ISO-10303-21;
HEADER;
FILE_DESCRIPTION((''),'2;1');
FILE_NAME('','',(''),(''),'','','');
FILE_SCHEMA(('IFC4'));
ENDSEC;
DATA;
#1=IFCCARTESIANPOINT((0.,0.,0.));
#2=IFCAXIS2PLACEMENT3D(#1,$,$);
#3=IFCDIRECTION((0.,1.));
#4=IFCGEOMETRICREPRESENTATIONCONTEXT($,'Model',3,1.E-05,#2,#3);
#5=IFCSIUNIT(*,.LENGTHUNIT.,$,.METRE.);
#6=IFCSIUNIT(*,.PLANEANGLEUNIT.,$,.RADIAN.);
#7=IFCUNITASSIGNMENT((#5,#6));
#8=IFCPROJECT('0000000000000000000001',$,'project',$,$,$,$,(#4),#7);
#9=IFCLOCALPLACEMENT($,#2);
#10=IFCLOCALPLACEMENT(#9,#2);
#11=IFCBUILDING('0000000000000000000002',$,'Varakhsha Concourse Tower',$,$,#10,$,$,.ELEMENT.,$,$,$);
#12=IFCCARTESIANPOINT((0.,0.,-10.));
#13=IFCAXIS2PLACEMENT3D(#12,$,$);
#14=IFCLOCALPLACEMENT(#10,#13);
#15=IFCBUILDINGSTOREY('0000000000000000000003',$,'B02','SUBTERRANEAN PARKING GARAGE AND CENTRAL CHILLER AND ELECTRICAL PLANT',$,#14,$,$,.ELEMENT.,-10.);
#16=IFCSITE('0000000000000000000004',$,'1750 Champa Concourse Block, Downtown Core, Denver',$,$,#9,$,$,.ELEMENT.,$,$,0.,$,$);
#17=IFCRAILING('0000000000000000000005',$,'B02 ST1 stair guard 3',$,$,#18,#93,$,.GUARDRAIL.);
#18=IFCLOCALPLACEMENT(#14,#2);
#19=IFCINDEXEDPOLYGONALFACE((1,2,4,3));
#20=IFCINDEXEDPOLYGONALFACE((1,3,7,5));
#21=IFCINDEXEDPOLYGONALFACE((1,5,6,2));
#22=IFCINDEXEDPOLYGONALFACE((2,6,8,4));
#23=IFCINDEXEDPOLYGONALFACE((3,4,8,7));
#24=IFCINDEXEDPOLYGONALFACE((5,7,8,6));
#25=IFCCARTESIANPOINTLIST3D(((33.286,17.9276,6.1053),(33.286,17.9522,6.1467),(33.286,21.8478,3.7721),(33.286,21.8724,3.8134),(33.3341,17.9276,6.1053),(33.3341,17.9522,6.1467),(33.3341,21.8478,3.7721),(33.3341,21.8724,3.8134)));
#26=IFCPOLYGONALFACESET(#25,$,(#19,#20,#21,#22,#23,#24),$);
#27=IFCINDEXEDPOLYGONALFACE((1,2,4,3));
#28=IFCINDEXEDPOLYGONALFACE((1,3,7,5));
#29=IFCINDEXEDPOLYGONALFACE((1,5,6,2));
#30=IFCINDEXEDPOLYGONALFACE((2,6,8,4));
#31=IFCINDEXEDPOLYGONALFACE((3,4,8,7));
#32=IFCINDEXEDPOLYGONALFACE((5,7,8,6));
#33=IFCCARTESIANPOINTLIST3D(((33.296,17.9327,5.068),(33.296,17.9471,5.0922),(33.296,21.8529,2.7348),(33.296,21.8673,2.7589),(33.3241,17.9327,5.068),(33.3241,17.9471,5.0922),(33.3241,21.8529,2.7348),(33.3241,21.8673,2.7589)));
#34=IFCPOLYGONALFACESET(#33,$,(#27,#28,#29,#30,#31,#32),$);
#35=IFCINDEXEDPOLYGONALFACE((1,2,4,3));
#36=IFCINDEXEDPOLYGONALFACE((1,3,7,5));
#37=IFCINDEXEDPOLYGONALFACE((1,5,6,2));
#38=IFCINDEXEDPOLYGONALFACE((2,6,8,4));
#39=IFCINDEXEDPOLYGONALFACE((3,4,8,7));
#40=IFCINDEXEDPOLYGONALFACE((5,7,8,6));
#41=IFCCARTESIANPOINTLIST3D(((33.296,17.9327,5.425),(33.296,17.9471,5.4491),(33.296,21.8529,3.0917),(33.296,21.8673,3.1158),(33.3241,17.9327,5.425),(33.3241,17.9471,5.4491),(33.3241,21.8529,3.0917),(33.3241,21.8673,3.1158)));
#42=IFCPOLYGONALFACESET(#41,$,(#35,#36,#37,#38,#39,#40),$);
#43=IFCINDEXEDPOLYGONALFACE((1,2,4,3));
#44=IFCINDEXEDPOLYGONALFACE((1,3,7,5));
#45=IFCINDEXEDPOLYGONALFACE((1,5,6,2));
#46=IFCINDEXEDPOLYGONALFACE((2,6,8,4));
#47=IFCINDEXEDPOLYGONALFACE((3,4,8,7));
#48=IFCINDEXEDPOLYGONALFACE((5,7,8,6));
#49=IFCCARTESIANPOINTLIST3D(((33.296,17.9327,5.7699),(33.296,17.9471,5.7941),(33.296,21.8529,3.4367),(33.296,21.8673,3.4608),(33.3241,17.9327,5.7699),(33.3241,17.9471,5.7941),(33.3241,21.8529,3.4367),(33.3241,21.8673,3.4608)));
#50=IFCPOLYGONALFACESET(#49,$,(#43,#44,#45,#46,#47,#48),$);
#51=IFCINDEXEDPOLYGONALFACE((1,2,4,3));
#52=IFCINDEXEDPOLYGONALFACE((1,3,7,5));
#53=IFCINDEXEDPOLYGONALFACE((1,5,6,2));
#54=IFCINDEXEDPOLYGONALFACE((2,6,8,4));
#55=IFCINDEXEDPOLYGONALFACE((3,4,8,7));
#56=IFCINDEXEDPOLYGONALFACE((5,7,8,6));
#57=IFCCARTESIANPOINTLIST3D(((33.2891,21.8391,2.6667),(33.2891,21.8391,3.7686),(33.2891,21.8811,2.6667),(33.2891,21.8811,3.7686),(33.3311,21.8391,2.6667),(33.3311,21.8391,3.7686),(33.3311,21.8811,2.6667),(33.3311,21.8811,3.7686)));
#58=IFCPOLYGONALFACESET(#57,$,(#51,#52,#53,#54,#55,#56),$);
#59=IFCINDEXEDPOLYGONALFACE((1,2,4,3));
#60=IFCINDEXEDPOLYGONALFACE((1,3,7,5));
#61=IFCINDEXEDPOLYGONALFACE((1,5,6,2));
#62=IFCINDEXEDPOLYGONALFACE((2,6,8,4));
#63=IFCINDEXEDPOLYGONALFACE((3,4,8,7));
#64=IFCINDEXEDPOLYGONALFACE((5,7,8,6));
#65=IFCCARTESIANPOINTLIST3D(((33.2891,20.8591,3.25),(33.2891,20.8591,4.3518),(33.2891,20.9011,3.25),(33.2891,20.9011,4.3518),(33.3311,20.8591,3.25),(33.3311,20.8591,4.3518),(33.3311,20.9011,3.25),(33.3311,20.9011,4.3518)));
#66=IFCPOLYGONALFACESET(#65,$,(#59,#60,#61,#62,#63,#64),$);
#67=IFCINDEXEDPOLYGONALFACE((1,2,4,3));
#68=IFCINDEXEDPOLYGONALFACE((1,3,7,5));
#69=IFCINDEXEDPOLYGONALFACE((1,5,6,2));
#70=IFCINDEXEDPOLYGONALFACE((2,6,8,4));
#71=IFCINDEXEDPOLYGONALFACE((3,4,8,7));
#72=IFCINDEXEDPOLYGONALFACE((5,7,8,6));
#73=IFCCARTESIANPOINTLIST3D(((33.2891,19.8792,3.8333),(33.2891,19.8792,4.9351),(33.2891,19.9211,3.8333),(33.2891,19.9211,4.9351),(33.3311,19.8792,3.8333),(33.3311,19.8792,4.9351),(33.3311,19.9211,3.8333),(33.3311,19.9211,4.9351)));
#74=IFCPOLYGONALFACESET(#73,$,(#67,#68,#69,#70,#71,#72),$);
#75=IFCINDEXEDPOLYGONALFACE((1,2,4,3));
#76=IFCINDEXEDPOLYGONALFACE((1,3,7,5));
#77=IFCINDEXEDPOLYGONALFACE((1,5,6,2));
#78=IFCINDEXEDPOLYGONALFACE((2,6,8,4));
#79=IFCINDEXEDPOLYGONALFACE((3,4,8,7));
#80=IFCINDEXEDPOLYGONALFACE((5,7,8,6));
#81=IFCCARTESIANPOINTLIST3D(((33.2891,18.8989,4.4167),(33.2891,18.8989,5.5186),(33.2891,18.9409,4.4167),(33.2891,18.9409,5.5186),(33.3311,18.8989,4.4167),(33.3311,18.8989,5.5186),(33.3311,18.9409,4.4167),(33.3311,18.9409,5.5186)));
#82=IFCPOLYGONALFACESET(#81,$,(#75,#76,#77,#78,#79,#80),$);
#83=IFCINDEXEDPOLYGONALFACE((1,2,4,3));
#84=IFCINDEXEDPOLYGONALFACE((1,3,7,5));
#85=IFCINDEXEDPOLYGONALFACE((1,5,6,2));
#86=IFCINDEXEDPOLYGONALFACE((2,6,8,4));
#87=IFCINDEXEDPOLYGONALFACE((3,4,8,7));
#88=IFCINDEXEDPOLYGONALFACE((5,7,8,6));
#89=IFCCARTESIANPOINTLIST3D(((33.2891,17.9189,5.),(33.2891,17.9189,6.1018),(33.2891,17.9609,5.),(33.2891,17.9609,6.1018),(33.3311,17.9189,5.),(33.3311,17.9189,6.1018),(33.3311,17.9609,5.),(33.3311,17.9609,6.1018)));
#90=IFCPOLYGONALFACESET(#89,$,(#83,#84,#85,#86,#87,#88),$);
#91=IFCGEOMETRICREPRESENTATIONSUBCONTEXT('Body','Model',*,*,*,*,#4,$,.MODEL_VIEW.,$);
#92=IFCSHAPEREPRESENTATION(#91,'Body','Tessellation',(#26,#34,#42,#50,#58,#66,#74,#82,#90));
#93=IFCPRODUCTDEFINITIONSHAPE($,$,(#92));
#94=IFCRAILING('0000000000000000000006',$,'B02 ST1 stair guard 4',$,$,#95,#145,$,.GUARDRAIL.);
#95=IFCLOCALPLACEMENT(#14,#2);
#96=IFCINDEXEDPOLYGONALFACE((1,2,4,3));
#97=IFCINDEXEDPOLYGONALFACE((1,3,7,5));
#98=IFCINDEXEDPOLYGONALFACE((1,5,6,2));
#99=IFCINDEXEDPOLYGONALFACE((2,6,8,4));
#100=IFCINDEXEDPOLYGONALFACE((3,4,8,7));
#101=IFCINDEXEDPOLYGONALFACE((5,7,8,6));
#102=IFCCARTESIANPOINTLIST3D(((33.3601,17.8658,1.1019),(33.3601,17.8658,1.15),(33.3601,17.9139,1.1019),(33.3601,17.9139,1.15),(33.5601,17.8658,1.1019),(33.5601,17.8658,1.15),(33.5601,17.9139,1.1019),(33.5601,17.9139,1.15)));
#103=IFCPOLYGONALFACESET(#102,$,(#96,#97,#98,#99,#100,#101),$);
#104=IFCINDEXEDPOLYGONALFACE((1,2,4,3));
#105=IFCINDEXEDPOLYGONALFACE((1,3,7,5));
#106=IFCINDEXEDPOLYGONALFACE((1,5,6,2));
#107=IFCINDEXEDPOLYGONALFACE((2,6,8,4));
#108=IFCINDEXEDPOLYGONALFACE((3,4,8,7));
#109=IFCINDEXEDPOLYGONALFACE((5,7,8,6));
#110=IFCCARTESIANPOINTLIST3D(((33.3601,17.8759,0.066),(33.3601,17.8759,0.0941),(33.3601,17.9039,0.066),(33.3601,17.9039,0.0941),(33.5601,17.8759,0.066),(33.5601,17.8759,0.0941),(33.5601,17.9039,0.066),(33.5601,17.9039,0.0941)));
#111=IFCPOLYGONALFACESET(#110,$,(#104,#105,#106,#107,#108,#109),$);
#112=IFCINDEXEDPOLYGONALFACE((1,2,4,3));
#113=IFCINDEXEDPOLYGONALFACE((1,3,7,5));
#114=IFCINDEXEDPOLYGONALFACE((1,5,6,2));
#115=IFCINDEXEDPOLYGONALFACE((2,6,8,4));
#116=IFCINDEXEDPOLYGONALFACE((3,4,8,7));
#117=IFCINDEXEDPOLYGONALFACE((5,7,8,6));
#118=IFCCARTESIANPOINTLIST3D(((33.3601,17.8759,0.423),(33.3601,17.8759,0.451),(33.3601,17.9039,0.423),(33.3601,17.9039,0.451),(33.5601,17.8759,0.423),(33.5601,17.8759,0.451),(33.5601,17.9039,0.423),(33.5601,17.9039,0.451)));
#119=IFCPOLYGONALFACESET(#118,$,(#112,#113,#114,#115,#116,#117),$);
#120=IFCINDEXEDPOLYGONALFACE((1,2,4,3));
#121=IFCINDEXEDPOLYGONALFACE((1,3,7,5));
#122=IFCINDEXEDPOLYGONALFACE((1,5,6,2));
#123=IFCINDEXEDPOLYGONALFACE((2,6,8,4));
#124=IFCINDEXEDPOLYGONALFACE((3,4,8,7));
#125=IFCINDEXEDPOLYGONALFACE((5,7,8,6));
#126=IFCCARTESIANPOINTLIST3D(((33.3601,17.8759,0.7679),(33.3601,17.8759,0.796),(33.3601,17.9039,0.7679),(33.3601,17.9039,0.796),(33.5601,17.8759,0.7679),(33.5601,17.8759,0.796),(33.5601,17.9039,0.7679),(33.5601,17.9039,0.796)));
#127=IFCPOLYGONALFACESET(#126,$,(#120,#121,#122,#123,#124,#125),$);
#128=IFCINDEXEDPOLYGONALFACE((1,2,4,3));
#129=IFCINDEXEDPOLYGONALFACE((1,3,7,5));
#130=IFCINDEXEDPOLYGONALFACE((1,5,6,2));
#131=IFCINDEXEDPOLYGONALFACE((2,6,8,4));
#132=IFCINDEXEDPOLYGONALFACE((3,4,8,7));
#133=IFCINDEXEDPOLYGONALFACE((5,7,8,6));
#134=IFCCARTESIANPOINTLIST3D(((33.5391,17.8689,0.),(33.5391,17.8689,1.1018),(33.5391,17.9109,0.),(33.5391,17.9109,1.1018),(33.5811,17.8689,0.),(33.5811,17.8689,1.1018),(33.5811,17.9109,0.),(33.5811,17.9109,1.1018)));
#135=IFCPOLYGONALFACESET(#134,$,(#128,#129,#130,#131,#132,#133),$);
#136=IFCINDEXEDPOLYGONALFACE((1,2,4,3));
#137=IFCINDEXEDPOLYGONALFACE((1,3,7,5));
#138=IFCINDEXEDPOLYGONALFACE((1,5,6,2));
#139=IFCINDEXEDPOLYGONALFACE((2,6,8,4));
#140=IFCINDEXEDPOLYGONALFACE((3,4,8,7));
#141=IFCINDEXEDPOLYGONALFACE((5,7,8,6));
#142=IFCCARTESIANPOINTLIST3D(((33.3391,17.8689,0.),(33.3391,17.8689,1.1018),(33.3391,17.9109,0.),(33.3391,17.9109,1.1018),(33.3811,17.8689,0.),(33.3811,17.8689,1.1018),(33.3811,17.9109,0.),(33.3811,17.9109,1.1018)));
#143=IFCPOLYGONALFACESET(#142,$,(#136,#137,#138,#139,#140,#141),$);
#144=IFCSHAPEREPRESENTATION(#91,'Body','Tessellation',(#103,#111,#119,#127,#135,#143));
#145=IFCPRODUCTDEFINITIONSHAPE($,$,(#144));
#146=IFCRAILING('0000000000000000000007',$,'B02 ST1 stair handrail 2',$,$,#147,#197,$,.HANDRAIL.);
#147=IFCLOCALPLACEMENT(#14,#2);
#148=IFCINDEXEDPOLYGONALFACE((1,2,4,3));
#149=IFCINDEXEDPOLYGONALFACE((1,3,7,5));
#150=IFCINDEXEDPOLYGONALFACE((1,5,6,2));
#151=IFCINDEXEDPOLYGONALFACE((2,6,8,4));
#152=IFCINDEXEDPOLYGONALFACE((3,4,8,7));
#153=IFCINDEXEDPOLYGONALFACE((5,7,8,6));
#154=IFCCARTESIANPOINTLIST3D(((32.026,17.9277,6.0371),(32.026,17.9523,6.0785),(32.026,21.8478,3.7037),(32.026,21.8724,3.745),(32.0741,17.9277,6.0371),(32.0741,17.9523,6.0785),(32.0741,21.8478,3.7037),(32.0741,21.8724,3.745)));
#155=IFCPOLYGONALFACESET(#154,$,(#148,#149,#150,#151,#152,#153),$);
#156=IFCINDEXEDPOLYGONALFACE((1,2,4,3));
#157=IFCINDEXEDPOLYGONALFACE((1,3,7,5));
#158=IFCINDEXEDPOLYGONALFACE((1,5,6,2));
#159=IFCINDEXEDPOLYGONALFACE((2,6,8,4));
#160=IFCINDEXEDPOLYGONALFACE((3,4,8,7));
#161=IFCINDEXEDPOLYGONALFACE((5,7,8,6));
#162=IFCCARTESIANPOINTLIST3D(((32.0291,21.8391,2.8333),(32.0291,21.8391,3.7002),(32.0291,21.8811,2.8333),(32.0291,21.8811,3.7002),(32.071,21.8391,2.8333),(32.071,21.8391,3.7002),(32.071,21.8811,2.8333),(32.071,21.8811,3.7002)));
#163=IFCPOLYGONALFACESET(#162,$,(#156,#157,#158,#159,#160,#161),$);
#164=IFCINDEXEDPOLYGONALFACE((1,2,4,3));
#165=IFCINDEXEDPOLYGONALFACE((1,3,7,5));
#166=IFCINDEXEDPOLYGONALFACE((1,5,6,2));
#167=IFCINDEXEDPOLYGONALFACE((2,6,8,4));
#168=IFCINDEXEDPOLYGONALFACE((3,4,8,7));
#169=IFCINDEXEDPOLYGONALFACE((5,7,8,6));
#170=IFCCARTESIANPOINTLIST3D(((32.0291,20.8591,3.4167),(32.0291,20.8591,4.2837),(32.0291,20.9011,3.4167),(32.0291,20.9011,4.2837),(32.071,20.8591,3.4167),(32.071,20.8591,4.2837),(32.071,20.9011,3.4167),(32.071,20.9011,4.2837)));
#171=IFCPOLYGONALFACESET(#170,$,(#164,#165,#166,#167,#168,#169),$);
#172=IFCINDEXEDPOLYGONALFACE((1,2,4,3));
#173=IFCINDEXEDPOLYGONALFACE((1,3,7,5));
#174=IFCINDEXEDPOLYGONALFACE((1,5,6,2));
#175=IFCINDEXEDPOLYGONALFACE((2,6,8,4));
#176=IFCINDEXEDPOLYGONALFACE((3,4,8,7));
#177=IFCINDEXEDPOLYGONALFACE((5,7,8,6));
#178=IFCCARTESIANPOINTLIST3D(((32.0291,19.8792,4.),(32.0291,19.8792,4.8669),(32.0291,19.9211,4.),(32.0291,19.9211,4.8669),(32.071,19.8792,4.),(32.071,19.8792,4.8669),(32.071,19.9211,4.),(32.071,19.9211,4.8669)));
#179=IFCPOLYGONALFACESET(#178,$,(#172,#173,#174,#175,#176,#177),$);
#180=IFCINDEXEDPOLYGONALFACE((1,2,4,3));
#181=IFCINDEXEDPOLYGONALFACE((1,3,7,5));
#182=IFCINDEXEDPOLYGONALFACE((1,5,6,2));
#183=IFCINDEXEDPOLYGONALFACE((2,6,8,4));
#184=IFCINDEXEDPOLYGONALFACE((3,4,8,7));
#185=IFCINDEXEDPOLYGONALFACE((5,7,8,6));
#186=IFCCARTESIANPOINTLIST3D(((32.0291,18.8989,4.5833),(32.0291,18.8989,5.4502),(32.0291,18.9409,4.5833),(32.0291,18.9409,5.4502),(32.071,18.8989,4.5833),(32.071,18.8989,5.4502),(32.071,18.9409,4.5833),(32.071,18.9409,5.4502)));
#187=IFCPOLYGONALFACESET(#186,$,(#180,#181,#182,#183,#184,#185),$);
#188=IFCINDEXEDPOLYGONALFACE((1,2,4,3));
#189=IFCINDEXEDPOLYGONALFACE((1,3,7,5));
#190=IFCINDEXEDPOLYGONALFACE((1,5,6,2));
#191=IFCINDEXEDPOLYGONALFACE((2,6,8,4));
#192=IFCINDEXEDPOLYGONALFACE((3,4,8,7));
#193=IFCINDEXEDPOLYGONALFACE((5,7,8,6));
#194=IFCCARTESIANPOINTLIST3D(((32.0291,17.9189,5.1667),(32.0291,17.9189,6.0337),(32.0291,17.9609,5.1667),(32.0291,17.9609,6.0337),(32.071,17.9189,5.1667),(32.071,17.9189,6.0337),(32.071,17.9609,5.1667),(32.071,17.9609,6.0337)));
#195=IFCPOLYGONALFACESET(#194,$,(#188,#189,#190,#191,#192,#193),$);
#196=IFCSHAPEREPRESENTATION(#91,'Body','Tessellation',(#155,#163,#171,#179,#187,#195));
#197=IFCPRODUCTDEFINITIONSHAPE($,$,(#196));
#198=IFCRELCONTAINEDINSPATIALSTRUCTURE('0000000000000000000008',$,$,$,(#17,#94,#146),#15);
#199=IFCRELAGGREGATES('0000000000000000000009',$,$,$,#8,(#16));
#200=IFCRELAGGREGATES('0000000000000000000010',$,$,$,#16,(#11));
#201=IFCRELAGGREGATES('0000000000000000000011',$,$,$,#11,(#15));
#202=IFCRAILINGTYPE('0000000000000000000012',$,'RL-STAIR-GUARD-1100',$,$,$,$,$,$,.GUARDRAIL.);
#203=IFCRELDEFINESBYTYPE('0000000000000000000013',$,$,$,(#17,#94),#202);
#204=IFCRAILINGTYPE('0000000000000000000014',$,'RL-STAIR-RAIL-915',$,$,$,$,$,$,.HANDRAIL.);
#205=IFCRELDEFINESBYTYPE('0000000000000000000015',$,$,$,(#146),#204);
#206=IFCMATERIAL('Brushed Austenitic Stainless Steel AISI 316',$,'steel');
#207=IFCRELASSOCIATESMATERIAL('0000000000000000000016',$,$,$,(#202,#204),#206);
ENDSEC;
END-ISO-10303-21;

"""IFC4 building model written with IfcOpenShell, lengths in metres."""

from ifc_helpers import new_model, si_unit, direction, frame, origin, origin_2d, place, context, subcontext, project, spatial, rectangle, extrude, material, type_object, element, save


model = new_model("IFC4")

# Units and contexts
model_context = context("Model", 3, precision=1e-05, world=origin(), true_north=direction((0.0, 1.0)))
body_context = subcontext(model_context, "Body", "Model", "MODEL_VIEW")
ifc_project = project(units=[si_unit("LENGTHUNIT", "METRE"), si_unit("PLANEANGLEUNIT", "RADIAN")], contexts=[model_context])

# Site, building, storey
site_placement = place(None, origin())
site = spatial("IfcSite", under=ifc_project, at=site_placement, Name="1750 Champa Concourse Block, Downtown Core, Denver", CompositionType="ELEMENT", RefElevation=0.0)
building_placement = place(site_placement, origin())
building = spatial("IfcBuilding", under=site, at=building_placement, Name="Varakhsha Concourse Tower", CompositionType="ELEMENT")
storey_placement = place(building_placement, frame((0.0, 0.0, -10.0)))
storey = spatial("IfcBuildingStorey", under=building, at=storey_placement, Name="B02", Description="SUBTERRANEAN PARKING GARAGE AND CENTRAL CHILLER AND ELECTRICAL PLANT", CompositionType="ELEMENT", Elevation=-10.0)

# Railings
ifc_material_1 = material(Name="Brushed Austenitic Stainless Steel AISI 316", Category="steel")
railing_type_1 = type_object("IfcRailingType", Name="RL-STAIR-GUARD-1100", PredefinedType="GUARDRAIL", material=ifc_material_1)
railing_1_placement = place(storey_placement, frame((33.3101, 21.8601, 2.6667)))
element("IfcRailing", 1, at=railing_1_placement, inside=storey, type_object=railing_type_1, Name="B02 ST1 stair guard 3", PredefinedType="GUARDRAIL", context=body_context, shape_type="SweptSolid", body=[
    extrude(rectangle(XDim=0.0481, YDim=0.0481, at=origin_2d()), frame((0.0, 0.0, 1.126), z_axis=(0.0, -0.85931, 0.511455), x_axis=(1.0, 0.0, 0.0)), (0.0, 0.0, 1.0), 4.562),
    extrude(rectangle(XDim=0.0281, YDim=0.0281, at=origin_2d()), frame((0.0, 0.0, 0.0801), z_axis=(0.0, -0.85931, 0.511455), x_axis=(1.0, 0.0, 0.0)), (0.0, 0.0, 1.0), 4.562),
    extrude(rectangle(XDim=0.0281, YDim=0.0281, at=origin_2d()), frame((0.0, 0.0, 0.437), z_axis=(0.0, -0.85931, 0.511455), x_axis=(1.0, 0.0, 0.0)), (0.0, 0.0, 1.0), 4.562),
    extrude(rectangle(XDim=0.0281, YDim=0.0281, at=origin_2d()), frame((0.0, 0.0, 0.782), z_axis=(0.0, -0.85931, 0.511455), x_axis=(1.0, 0.0, 0.0)), (0.0, 0.0, 1.0), 4.562),
    extrude(rectangle(XDim=0.042, YDim=0.042, at=origin_2d()), origin(), (0.0, 0.0, 1.0), 1.1018),
    extrude(rectangle(XDim=0.042, YDim=0.042, at=origin_2d()), frame((0.0, -0.98, 0.5833)), (0.0, 0.0, 1.0), 1.1018),
    extrude(rectangle(XDim=0.042, YDim=0.042, at=origin_2d()), frame((0.0, -1.96, 1.1665)), (0.0, 0.0, 1.0), 1.1018),
    extrude(rectangle(XDim=0.042, YDim=0.042, at=origin_2d()), frame((0.0, -2.9402, 1.75)), (0.0, 0.0, 1.0), 1.1018),
    extrude(rectangle(XDim=0.042, YDim=0.042, at=origin_2d()), frame((0.0, -3.9202, 2.3333)), (0.0, 0.0, 1.0), 1.1018),
])
railing_2_placement = place(storey_placement, frame((33.5601, 17.8899, 0.0)))
element("IfcRailing", 2, at=railing_2_placement, inside=storey, type_object=railing_type_1, Name="B02 ST1 stair guard 4", PredefinedType="GUARDRAIL", context=body_context, shape_type="SweptSolid", body=[
    extrude(rectangle(XDim=0.0481, YDim=0.0481, at=origin_2d()), frame((0.0, 0.0, 1.126), z_axis=(-1.0, 0.0, 0.0), x_axis=(0.0, -1.0, 0.0)), (0.0, 0.0, 1.0), 0.2),
    extrude(rectangle(XDim=0.0281, YDim=0.0281, at=origin_2d()), frame((0.0, 0.0, 0.0801), z_axis=(-1.0, 0.0, 0.0), x_axis=(0.0, -1.0, 0.0)), (0.0, 0.0, 1.0), 0.2),
    extrude(rectangle(XDim=0.0281, YDim=0.0281, at=origin_2d()), frame((0.0, 0.0, 0.437), z_axis=(-1.0, 0.0, 0.0), x_axis=(0.0, -1.0, 0.0)), (0.0, 0.0, 1.0), 0.2),
    extrude(rectangle(XDim=0.0281, YDim=0.0281, at=origin_2d()), frame((0.0, 0.0, 0.782), z_axis=(-1.0, 0.0, 0.0), x_axis=(0.0, -1.0, 0.0)), (0.0, 0.0, 1.0), 0.2),
    extrude(rectangle(XDim=0.042, YDim=0.042, at=origin_2d()), origin(), (0.0, 0.0, 1.0), 1.1018),
    extrude(rectangle(XDim=0.042, YDim=0.042, at=origin_2d()), frame((-0.2, 0.0, 0.0)), (0.0, 0.0, 1.0), 1.1018),
])
railing_type_2 = type_object("IfcRailingType", Name="RL-STAIR-RAIL-915", PredefinedType="HANDRAIL", material=ifc_material_1)
railing_3_placement = place(storey_placement, frame((32.05, 21.8601, 2.8333)))
element("IfcRailing", 3, at=railing_3_placement, inside=storey, type_object=railing_type_2, Name="B02 ST1 stair handrail 2", PredefinedType="HANDRAIL", context=body_context, shape_type="SweptSolid", body=[
    extrude(rectangle(XDim=0.0481, YDim=0.0481, at=origin_2d()), frame((0.0, 0.0, 0.8911), z_axis=(0.0, -0.859287, 0.511494), x_axis=(1.0, 0.0, 0.0)), (0.0, 0.0, 1.0), 4.562),
    extrude(rectangle(XDim=0.042, YDim=0.042, at=origin_2d()), origin(), (0.0, 0.0, 1.0), 0.8669),
    extrude(rectangle(XDim=0.042, YDim=0.042, at=origin_2d()), frame((0.0, -0.98, 0.5835)), (0.0, 0.0, 1.0), 0.8669),
    extrude(rectangle(XDim=0.042, YDim=0.042, at=origin_2d()), frame((0.0, -1.96, 1.1667)), (0.0, 0.0, 1.0), 0.8669),
    extrude(rectangle(XDim=0.042, YDim=0.042, at=origin_2d()), frame((0.0, -2.9402, 1.75)), (0.0, 0.0, 1.0), 0.8669),
    extrude(rectangle(XDim=0.042, YDim=0.042, at=origin_2d()), frame((0.0, -3.9202, 2.3335)), (0.0, 0.0, 1.0), 0.8669),
])

save(model, "model.ifc")
